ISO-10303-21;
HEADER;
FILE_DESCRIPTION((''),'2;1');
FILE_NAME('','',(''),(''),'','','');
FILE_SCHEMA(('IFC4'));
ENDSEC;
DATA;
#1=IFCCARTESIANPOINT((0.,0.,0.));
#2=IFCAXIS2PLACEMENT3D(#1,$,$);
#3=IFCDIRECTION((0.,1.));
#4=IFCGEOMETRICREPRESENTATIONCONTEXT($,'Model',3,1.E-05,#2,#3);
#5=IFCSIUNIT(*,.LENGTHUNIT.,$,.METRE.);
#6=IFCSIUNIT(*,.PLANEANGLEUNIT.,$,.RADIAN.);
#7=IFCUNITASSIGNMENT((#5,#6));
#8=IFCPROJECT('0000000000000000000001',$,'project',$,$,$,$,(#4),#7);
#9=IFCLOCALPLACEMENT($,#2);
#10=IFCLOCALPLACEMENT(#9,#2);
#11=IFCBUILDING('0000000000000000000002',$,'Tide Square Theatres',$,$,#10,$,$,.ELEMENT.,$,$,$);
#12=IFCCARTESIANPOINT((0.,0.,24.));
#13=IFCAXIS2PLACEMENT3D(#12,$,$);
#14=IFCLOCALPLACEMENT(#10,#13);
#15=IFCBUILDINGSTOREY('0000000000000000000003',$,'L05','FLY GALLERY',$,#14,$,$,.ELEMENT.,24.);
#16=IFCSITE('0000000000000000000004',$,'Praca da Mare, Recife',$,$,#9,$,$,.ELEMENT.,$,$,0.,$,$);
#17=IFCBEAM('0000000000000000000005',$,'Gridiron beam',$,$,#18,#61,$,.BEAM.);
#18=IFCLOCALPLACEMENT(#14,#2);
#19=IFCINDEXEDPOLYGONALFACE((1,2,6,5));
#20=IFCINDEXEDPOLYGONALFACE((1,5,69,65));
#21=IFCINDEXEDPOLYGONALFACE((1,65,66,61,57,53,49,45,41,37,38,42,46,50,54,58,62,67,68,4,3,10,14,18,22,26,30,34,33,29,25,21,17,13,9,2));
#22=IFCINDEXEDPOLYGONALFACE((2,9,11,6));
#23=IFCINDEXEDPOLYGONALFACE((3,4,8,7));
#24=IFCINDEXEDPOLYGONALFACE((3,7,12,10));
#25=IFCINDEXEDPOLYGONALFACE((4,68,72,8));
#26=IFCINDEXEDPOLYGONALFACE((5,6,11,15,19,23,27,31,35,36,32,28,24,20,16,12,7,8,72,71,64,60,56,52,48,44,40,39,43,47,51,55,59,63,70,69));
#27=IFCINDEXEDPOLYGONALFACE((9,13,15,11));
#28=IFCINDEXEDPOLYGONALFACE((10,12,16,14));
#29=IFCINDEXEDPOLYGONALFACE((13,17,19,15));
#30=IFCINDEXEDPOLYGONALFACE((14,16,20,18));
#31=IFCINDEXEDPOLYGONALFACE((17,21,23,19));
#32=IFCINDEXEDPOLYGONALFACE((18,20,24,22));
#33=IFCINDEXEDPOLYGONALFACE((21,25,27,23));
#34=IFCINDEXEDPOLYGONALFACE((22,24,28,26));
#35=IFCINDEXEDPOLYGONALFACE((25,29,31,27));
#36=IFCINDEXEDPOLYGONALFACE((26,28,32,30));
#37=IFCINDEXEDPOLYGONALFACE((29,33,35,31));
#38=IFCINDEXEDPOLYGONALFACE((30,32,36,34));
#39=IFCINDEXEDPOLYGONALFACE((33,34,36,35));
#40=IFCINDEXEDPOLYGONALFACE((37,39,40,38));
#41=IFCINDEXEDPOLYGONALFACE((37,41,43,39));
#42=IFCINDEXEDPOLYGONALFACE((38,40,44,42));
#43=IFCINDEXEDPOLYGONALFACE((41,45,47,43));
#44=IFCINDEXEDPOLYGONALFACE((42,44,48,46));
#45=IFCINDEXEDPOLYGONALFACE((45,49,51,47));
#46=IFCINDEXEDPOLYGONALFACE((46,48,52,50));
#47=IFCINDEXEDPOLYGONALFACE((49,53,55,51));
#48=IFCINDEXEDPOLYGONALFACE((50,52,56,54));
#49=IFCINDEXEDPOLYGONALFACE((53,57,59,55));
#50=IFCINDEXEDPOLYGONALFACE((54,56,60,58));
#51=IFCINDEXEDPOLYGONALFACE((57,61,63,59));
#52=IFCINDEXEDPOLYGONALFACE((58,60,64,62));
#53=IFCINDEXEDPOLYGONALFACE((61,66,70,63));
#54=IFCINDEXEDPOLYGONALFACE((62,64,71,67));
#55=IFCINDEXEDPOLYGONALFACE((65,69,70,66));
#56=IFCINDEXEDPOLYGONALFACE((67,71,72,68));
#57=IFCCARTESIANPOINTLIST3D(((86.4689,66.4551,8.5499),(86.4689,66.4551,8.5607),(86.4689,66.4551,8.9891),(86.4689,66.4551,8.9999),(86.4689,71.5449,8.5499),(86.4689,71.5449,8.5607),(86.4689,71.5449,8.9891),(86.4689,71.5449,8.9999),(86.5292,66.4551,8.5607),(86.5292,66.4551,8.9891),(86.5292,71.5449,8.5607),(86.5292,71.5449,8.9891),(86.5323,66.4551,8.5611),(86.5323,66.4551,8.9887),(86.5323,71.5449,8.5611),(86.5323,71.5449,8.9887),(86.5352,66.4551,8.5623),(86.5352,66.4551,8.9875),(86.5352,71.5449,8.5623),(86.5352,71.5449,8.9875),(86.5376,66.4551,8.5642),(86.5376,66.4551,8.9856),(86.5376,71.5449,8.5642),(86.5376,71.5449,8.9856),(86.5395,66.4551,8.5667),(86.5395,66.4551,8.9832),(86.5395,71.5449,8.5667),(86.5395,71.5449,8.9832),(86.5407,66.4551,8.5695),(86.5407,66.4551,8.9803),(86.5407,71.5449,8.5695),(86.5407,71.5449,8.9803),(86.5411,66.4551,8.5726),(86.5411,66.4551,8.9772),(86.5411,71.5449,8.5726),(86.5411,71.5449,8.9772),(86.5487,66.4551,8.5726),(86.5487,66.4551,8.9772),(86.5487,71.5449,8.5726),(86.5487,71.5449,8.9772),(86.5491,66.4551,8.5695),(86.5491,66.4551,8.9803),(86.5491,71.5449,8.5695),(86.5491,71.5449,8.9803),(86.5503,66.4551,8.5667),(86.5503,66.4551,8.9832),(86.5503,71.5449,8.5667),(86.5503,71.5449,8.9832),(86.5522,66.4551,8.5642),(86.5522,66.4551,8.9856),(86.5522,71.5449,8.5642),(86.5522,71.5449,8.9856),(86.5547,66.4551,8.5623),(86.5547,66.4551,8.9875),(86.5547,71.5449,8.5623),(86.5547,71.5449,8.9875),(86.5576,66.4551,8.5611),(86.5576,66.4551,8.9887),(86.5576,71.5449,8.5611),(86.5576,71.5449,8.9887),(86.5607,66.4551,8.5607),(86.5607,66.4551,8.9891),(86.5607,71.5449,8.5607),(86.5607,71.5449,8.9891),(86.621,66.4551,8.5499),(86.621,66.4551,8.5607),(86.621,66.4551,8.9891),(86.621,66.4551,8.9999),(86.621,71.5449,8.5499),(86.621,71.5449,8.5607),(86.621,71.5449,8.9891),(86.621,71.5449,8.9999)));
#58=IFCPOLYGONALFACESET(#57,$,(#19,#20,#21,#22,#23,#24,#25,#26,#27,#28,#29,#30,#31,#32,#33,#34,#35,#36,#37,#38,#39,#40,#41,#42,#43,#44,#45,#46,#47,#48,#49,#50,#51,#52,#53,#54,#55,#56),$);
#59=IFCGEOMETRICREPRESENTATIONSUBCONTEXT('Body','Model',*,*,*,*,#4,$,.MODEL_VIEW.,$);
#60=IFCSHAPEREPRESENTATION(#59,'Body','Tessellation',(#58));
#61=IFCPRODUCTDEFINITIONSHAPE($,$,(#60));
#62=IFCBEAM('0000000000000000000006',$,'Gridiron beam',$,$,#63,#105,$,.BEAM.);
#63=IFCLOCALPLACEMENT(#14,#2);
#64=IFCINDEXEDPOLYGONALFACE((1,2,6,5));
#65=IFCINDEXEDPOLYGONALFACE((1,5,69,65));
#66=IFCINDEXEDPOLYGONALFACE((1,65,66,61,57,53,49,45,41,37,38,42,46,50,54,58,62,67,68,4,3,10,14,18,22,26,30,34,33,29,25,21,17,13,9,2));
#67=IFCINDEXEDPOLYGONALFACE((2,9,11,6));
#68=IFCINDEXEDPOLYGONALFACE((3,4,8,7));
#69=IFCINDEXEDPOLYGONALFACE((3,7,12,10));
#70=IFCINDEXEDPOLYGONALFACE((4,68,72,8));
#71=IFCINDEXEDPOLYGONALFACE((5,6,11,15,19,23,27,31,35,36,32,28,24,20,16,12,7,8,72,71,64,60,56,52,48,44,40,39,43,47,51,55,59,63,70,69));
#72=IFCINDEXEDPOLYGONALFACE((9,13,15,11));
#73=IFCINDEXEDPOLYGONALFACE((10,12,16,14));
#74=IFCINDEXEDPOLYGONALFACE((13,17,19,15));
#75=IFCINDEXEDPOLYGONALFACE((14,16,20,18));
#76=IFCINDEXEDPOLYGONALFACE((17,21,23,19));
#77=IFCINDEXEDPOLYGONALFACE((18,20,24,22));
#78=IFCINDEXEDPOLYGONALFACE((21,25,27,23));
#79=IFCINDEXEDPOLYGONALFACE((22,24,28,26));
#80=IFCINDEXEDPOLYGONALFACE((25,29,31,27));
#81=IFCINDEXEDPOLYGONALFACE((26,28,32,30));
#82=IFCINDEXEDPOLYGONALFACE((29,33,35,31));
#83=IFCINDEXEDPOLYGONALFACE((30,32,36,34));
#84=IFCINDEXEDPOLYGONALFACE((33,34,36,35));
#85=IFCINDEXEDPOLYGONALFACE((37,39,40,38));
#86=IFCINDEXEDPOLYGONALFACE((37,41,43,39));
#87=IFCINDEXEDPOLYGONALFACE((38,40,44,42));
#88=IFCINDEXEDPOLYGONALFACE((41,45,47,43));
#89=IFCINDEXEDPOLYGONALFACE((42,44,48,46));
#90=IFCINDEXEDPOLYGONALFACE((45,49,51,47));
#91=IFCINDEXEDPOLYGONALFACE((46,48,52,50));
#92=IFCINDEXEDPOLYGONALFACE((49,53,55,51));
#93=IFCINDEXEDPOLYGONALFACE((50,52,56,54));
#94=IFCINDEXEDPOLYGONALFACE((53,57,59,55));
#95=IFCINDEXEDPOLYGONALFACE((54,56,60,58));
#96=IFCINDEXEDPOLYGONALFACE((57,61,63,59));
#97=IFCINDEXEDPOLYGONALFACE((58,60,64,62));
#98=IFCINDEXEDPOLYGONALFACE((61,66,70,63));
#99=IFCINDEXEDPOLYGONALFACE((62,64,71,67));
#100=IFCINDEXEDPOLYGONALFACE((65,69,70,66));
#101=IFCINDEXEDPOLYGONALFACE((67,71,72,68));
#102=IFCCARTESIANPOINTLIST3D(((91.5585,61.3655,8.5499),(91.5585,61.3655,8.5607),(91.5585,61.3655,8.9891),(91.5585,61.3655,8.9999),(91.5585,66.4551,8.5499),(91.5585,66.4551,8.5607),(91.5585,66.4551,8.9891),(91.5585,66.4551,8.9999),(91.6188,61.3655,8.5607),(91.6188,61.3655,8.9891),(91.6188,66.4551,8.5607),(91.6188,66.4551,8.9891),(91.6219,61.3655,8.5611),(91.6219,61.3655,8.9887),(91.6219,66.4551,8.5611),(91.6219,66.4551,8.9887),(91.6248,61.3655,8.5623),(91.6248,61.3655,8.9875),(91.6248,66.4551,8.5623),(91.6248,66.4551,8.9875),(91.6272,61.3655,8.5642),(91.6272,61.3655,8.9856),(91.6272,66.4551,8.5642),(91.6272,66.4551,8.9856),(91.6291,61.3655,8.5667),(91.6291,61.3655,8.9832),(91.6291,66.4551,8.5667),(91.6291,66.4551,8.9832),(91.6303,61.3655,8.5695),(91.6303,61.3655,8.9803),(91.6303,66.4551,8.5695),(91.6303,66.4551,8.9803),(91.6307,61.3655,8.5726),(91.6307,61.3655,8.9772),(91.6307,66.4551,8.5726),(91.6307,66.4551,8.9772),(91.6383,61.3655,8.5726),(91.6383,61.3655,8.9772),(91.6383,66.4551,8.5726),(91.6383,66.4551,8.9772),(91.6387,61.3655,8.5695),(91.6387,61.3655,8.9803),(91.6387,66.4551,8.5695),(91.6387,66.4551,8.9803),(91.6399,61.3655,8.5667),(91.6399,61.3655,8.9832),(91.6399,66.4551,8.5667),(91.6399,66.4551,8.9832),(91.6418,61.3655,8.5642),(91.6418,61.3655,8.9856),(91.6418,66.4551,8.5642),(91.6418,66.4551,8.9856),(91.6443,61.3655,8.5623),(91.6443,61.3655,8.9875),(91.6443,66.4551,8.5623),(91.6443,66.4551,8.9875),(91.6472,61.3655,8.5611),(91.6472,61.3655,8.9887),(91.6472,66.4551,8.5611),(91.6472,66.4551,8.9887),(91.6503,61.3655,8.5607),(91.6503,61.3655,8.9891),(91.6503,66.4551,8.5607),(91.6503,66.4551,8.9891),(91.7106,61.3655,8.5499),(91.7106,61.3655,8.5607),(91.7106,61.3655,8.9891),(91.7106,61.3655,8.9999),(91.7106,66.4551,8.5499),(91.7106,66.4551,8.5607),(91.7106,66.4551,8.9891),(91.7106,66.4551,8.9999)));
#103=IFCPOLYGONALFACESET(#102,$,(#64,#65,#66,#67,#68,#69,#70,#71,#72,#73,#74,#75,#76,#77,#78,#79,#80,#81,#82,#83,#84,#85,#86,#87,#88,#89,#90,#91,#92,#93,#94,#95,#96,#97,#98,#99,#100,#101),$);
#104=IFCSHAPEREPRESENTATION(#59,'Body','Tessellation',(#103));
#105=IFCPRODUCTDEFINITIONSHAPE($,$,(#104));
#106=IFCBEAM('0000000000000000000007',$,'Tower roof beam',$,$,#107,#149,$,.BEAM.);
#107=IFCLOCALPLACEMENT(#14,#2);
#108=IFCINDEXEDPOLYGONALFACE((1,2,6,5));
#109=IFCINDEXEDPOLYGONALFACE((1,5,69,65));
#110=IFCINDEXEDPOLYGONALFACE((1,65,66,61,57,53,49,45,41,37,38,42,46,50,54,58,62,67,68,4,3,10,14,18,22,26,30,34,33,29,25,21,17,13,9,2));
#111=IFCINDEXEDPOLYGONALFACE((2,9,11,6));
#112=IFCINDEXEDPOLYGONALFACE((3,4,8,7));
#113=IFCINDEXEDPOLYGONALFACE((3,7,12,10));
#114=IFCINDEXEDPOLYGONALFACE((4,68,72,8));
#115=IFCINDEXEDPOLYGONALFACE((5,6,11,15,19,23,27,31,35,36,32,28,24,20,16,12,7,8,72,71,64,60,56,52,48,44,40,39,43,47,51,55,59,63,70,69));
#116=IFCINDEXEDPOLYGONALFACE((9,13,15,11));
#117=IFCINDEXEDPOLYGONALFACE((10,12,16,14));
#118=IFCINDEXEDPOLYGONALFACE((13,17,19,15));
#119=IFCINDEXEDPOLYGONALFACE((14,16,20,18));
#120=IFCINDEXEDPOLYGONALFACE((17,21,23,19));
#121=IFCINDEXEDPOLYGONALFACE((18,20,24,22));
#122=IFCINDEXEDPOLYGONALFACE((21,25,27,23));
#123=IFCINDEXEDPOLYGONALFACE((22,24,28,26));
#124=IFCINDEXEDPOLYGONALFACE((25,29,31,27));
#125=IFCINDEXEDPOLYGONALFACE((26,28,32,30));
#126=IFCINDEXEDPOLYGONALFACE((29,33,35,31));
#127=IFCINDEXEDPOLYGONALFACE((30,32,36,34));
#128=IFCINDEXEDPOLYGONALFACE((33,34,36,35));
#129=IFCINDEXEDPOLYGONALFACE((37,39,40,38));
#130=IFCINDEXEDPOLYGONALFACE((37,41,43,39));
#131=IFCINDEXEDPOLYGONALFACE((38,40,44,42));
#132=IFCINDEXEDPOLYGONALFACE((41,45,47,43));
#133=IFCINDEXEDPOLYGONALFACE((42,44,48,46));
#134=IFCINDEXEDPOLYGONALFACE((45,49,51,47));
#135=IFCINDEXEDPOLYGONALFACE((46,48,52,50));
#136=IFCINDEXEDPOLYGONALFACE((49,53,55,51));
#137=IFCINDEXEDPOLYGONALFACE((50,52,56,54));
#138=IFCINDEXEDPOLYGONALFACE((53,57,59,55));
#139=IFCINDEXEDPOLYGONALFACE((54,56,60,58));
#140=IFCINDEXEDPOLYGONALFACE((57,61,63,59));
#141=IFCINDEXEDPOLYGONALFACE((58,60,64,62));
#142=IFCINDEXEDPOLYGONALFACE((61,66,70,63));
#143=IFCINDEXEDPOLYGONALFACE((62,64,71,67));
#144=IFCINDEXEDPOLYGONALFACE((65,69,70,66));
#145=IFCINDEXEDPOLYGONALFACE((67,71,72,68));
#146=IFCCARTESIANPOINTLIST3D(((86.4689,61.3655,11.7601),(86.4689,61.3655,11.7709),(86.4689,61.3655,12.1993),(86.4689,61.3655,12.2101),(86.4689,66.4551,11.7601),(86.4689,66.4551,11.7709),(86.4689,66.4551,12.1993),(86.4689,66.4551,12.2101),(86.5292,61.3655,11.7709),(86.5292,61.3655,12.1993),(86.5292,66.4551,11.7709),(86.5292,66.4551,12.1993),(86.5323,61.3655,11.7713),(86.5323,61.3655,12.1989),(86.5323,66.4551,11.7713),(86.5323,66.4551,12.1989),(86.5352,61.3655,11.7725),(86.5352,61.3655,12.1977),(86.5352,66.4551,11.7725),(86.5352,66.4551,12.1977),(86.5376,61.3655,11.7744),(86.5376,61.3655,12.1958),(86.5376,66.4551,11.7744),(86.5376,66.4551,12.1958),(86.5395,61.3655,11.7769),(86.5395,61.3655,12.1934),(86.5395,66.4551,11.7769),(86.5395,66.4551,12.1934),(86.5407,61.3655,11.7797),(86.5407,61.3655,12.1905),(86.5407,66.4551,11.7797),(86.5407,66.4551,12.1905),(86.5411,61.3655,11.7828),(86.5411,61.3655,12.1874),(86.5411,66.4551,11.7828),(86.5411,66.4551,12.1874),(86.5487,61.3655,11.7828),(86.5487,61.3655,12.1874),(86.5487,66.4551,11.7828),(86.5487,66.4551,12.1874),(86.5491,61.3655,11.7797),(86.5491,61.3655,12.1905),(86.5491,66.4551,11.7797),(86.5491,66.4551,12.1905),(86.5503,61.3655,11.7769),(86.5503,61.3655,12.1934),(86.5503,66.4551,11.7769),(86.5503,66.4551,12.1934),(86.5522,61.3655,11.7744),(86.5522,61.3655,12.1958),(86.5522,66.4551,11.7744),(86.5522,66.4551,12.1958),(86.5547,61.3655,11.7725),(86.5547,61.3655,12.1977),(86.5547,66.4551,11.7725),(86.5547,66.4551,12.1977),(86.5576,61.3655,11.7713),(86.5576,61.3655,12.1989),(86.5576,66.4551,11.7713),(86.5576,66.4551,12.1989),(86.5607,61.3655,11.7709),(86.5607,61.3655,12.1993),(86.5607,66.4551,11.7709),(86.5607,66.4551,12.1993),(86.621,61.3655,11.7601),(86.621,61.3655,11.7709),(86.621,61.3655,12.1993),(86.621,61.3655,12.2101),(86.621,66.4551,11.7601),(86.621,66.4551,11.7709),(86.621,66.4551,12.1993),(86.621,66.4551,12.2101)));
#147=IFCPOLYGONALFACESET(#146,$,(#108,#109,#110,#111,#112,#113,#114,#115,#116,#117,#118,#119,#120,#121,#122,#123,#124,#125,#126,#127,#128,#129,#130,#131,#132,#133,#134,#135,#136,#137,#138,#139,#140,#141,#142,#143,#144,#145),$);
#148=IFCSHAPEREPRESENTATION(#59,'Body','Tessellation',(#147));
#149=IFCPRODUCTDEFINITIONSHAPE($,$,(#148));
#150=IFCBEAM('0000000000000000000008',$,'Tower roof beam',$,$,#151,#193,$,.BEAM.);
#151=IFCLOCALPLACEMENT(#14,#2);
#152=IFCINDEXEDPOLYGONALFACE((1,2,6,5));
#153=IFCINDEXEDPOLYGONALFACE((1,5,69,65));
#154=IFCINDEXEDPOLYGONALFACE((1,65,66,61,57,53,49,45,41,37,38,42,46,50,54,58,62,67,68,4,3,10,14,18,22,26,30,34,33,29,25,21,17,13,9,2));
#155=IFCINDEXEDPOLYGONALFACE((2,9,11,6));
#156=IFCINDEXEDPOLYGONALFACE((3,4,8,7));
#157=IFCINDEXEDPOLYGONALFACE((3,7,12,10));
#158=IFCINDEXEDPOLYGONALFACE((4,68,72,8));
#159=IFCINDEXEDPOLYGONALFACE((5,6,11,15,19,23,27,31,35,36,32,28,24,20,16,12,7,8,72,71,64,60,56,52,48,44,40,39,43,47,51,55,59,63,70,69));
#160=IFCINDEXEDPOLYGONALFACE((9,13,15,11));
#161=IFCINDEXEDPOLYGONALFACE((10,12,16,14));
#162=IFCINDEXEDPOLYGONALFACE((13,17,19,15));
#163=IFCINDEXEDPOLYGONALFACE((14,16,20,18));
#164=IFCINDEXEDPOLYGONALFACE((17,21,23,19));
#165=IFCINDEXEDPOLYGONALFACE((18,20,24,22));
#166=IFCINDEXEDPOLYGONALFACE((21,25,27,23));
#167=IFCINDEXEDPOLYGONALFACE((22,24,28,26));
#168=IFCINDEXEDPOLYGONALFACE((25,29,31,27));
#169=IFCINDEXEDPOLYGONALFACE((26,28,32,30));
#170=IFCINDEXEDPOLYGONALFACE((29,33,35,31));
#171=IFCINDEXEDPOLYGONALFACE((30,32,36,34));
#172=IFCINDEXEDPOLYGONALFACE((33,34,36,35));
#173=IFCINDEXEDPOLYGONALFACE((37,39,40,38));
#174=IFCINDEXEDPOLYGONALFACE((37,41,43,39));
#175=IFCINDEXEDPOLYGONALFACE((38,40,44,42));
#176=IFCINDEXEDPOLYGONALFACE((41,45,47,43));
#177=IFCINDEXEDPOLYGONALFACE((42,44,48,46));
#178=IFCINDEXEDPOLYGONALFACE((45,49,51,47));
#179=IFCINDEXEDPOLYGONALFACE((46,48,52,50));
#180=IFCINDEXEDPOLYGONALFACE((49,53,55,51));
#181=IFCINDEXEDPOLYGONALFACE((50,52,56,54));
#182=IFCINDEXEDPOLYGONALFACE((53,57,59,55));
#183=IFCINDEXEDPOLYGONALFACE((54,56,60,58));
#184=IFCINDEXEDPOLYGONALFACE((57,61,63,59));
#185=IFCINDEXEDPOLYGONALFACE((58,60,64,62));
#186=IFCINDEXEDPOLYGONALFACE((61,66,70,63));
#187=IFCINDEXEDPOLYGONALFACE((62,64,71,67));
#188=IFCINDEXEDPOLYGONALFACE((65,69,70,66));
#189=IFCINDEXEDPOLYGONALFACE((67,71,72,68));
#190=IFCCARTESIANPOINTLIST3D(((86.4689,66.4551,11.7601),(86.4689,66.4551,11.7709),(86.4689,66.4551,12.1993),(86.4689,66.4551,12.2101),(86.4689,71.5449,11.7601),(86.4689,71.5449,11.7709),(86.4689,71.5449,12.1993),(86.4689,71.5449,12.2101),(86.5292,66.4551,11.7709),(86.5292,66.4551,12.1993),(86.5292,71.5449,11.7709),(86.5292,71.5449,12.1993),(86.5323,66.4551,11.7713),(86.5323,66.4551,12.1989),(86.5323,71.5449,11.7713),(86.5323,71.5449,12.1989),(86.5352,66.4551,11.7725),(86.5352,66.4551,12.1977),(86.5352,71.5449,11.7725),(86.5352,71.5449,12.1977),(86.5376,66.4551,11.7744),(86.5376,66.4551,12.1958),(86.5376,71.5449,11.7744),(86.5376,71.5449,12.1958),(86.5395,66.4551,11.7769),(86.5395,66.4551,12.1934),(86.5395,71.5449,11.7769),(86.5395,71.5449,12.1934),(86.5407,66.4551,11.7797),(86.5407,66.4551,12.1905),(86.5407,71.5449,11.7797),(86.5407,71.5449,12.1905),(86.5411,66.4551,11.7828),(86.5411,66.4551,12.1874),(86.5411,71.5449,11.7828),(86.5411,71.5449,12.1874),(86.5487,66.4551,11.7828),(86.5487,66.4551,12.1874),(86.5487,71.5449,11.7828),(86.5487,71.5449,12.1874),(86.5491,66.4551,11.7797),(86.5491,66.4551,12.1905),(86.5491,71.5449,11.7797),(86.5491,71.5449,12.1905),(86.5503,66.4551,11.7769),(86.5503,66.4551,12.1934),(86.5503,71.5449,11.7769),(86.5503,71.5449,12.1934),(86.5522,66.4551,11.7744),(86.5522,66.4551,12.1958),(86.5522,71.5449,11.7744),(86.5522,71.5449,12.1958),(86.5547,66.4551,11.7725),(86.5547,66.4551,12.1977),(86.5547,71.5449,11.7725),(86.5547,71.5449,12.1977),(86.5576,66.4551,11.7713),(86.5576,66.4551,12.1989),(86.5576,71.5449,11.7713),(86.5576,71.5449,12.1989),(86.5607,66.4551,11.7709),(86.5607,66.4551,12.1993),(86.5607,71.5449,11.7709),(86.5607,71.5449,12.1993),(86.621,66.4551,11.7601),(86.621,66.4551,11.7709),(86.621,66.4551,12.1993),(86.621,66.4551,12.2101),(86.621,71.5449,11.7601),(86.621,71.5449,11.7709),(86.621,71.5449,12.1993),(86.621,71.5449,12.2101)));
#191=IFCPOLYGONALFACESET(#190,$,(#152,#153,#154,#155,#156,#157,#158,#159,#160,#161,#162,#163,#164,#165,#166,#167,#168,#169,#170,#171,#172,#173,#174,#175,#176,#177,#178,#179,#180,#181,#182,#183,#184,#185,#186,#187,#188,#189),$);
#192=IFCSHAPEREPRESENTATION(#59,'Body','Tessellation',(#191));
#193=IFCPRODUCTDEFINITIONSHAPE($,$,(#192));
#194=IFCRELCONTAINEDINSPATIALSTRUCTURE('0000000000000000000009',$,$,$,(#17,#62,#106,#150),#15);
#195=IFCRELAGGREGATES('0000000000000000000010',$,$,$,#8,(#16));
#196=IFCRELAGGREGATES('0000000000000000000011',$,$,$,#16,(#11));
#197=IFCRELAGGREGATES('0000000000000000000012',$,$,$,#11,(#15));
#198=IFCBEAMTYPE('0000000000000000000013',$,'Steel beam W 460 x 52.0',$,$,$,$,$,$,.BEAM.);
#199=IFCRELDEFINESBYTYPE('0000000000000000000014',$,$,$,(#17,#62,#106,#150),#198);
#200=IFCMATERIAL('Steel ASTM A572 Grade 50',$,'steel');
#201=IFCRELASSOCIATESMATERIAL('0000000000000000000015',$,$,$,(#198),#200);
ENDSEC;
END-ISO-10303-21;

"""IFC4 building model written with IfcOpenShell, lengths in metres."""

from ifc_helpers import new_model, si_unit, direction, frame, origin, origin_2d, place, context, subcontext, project, spatial, i_section, extrude, material, material_profile, profile_set, type_object, element, save


model = new_model("IFC4")

# Units and contexts
model_context = context("Model", 3, precision=1e-05, world=origin(), true_north=direction((0.0, 1.0)))
body_context = subcontext(model_context, "Body", "Model", "MODEL_VIEW")
ifc_project = project(units=[si_unit("LENGTHUNIT", "METRE"), si_unit("PLANEANGLEUNIT", "RADIAN")], contexts=[model_context])

# Site, building, storey
site_placement = place(None, origin())
site = spatial("IfcSite", under=ifc_project, at=site_placement, Name="Praca da Mare, Recife", CompositionType="ELEMENT", RefElevation=0.0)
building_placement = place(site_placement, origin())
building = spatial("IfcBuilding", under=site, at=building_placement, Name="Tide Square Theatres", CompositionType="ELEMENT")
storey_placement = place(building_placement, frame((0.0, 0.0, 24.0)))
storey = spatial("IfcBuildingStorey", under=building, at=storey_placement, Name="L05", Description="FLY GALLERY", CompositionType="ELEMENT", Elevation=24.0)

# Beams
ifc_material_1 = material(Name="Steel ASTM A572 Grade 50", Category="steel")
ifc_material_profile_1 = material_profile(ifc_material_1, i_section(OverallWidth=0.1521, OverallDepth=0.45, WebThickness=0.0076, FlangeThickness=0.0107, FilletRadius=0.012, at=origin_2d()))
ifc_profile_set_1 = profile_set([ifc_material_profile_1], Name="Steel ASTM A572 Grade 50")
beam_type_1 = type_object("IfcBeamType", Name="Steel beam W 460 x 52.0", PredefinedType="BEAM", material=ifc_profile_set_1)
beam_1_placement = place(storey_placement, frame((86.5449, 66.4551, 8.7749), z_axis=(0.0, 1.0, 0.0), x_axis=(-1.0, 0.0, 0.0)))
element("IfcBeam", 1, at=beam_1_placement, inside=storey, type_object=beam_type_1, Name="Gridiron beam", PredefinedType="BEAM", context=body_context, shape_type="SweptSolid", body=[
    extrude(i_section(OverallWidth=0.1521, OverallDepth=0.45, WebThickness=0.0076, FlangeThickness=0.0107, FilletRadius=0.012, at=origin_2d()), origin(), (0.0, 0.0, 1.0), 5.0898),
])
for number, where, z_axis, x_axis, name in (
    (2, (91.6345, 61.3655, 8.7749), (0.0, 1.0, 0.0), (-1.0, 0.0, 0.0), "Gridiron beam"),
    (3, (86.5449, 61.3655, 11.9851), (0.0, 1.0, 0.0), (-1.0, 0.0, 0.0), "Tower roof beam"),
):
    element("IfcBeam", number, at=place(storey_placement, frame(where, z_axis=z_axis, x_axis=x_axis)), inside=storey, type_object=beam_type_1, Name=name, PredefinedType="BEAM", context=body_context, shape_type="SweptSolid", body=[
        extrude(i_section(OverallWidth=0.1521, OverallDepth=0.45, WebThickness=0.0076, FlangeThickness=0.0107, FilletRadius=0.012, at=origin_2d()), origin(), (0.0, 0.0, 1.0), 5.0896),
    ])
beam_2_placement = place(storey_placement, frame((86.5449, 66.4551, 11.9851), z_axis=(0.0, 1.0, 0.0), x_axis=(-1.0, 0.0, 0.0)))
element("IfcBeam", 4, at=beam_2_placement, inside=storey, type_object=beam_type_1, Name="Tower roof beam", PredefinedType="BEAM", context=body_context, shape_type="SweptSolid", body=[
    extrude(i_section(OverallWidth=0.1521, OverallDepth=0.45, WebThickness=0.0076, FlangeThickness=0.0107, FilletRadius=0.012, at=origin_2d()), origin(), (0.0, 0.0, 1.0), 5.0898),
])

save(model, "model.ifc")
